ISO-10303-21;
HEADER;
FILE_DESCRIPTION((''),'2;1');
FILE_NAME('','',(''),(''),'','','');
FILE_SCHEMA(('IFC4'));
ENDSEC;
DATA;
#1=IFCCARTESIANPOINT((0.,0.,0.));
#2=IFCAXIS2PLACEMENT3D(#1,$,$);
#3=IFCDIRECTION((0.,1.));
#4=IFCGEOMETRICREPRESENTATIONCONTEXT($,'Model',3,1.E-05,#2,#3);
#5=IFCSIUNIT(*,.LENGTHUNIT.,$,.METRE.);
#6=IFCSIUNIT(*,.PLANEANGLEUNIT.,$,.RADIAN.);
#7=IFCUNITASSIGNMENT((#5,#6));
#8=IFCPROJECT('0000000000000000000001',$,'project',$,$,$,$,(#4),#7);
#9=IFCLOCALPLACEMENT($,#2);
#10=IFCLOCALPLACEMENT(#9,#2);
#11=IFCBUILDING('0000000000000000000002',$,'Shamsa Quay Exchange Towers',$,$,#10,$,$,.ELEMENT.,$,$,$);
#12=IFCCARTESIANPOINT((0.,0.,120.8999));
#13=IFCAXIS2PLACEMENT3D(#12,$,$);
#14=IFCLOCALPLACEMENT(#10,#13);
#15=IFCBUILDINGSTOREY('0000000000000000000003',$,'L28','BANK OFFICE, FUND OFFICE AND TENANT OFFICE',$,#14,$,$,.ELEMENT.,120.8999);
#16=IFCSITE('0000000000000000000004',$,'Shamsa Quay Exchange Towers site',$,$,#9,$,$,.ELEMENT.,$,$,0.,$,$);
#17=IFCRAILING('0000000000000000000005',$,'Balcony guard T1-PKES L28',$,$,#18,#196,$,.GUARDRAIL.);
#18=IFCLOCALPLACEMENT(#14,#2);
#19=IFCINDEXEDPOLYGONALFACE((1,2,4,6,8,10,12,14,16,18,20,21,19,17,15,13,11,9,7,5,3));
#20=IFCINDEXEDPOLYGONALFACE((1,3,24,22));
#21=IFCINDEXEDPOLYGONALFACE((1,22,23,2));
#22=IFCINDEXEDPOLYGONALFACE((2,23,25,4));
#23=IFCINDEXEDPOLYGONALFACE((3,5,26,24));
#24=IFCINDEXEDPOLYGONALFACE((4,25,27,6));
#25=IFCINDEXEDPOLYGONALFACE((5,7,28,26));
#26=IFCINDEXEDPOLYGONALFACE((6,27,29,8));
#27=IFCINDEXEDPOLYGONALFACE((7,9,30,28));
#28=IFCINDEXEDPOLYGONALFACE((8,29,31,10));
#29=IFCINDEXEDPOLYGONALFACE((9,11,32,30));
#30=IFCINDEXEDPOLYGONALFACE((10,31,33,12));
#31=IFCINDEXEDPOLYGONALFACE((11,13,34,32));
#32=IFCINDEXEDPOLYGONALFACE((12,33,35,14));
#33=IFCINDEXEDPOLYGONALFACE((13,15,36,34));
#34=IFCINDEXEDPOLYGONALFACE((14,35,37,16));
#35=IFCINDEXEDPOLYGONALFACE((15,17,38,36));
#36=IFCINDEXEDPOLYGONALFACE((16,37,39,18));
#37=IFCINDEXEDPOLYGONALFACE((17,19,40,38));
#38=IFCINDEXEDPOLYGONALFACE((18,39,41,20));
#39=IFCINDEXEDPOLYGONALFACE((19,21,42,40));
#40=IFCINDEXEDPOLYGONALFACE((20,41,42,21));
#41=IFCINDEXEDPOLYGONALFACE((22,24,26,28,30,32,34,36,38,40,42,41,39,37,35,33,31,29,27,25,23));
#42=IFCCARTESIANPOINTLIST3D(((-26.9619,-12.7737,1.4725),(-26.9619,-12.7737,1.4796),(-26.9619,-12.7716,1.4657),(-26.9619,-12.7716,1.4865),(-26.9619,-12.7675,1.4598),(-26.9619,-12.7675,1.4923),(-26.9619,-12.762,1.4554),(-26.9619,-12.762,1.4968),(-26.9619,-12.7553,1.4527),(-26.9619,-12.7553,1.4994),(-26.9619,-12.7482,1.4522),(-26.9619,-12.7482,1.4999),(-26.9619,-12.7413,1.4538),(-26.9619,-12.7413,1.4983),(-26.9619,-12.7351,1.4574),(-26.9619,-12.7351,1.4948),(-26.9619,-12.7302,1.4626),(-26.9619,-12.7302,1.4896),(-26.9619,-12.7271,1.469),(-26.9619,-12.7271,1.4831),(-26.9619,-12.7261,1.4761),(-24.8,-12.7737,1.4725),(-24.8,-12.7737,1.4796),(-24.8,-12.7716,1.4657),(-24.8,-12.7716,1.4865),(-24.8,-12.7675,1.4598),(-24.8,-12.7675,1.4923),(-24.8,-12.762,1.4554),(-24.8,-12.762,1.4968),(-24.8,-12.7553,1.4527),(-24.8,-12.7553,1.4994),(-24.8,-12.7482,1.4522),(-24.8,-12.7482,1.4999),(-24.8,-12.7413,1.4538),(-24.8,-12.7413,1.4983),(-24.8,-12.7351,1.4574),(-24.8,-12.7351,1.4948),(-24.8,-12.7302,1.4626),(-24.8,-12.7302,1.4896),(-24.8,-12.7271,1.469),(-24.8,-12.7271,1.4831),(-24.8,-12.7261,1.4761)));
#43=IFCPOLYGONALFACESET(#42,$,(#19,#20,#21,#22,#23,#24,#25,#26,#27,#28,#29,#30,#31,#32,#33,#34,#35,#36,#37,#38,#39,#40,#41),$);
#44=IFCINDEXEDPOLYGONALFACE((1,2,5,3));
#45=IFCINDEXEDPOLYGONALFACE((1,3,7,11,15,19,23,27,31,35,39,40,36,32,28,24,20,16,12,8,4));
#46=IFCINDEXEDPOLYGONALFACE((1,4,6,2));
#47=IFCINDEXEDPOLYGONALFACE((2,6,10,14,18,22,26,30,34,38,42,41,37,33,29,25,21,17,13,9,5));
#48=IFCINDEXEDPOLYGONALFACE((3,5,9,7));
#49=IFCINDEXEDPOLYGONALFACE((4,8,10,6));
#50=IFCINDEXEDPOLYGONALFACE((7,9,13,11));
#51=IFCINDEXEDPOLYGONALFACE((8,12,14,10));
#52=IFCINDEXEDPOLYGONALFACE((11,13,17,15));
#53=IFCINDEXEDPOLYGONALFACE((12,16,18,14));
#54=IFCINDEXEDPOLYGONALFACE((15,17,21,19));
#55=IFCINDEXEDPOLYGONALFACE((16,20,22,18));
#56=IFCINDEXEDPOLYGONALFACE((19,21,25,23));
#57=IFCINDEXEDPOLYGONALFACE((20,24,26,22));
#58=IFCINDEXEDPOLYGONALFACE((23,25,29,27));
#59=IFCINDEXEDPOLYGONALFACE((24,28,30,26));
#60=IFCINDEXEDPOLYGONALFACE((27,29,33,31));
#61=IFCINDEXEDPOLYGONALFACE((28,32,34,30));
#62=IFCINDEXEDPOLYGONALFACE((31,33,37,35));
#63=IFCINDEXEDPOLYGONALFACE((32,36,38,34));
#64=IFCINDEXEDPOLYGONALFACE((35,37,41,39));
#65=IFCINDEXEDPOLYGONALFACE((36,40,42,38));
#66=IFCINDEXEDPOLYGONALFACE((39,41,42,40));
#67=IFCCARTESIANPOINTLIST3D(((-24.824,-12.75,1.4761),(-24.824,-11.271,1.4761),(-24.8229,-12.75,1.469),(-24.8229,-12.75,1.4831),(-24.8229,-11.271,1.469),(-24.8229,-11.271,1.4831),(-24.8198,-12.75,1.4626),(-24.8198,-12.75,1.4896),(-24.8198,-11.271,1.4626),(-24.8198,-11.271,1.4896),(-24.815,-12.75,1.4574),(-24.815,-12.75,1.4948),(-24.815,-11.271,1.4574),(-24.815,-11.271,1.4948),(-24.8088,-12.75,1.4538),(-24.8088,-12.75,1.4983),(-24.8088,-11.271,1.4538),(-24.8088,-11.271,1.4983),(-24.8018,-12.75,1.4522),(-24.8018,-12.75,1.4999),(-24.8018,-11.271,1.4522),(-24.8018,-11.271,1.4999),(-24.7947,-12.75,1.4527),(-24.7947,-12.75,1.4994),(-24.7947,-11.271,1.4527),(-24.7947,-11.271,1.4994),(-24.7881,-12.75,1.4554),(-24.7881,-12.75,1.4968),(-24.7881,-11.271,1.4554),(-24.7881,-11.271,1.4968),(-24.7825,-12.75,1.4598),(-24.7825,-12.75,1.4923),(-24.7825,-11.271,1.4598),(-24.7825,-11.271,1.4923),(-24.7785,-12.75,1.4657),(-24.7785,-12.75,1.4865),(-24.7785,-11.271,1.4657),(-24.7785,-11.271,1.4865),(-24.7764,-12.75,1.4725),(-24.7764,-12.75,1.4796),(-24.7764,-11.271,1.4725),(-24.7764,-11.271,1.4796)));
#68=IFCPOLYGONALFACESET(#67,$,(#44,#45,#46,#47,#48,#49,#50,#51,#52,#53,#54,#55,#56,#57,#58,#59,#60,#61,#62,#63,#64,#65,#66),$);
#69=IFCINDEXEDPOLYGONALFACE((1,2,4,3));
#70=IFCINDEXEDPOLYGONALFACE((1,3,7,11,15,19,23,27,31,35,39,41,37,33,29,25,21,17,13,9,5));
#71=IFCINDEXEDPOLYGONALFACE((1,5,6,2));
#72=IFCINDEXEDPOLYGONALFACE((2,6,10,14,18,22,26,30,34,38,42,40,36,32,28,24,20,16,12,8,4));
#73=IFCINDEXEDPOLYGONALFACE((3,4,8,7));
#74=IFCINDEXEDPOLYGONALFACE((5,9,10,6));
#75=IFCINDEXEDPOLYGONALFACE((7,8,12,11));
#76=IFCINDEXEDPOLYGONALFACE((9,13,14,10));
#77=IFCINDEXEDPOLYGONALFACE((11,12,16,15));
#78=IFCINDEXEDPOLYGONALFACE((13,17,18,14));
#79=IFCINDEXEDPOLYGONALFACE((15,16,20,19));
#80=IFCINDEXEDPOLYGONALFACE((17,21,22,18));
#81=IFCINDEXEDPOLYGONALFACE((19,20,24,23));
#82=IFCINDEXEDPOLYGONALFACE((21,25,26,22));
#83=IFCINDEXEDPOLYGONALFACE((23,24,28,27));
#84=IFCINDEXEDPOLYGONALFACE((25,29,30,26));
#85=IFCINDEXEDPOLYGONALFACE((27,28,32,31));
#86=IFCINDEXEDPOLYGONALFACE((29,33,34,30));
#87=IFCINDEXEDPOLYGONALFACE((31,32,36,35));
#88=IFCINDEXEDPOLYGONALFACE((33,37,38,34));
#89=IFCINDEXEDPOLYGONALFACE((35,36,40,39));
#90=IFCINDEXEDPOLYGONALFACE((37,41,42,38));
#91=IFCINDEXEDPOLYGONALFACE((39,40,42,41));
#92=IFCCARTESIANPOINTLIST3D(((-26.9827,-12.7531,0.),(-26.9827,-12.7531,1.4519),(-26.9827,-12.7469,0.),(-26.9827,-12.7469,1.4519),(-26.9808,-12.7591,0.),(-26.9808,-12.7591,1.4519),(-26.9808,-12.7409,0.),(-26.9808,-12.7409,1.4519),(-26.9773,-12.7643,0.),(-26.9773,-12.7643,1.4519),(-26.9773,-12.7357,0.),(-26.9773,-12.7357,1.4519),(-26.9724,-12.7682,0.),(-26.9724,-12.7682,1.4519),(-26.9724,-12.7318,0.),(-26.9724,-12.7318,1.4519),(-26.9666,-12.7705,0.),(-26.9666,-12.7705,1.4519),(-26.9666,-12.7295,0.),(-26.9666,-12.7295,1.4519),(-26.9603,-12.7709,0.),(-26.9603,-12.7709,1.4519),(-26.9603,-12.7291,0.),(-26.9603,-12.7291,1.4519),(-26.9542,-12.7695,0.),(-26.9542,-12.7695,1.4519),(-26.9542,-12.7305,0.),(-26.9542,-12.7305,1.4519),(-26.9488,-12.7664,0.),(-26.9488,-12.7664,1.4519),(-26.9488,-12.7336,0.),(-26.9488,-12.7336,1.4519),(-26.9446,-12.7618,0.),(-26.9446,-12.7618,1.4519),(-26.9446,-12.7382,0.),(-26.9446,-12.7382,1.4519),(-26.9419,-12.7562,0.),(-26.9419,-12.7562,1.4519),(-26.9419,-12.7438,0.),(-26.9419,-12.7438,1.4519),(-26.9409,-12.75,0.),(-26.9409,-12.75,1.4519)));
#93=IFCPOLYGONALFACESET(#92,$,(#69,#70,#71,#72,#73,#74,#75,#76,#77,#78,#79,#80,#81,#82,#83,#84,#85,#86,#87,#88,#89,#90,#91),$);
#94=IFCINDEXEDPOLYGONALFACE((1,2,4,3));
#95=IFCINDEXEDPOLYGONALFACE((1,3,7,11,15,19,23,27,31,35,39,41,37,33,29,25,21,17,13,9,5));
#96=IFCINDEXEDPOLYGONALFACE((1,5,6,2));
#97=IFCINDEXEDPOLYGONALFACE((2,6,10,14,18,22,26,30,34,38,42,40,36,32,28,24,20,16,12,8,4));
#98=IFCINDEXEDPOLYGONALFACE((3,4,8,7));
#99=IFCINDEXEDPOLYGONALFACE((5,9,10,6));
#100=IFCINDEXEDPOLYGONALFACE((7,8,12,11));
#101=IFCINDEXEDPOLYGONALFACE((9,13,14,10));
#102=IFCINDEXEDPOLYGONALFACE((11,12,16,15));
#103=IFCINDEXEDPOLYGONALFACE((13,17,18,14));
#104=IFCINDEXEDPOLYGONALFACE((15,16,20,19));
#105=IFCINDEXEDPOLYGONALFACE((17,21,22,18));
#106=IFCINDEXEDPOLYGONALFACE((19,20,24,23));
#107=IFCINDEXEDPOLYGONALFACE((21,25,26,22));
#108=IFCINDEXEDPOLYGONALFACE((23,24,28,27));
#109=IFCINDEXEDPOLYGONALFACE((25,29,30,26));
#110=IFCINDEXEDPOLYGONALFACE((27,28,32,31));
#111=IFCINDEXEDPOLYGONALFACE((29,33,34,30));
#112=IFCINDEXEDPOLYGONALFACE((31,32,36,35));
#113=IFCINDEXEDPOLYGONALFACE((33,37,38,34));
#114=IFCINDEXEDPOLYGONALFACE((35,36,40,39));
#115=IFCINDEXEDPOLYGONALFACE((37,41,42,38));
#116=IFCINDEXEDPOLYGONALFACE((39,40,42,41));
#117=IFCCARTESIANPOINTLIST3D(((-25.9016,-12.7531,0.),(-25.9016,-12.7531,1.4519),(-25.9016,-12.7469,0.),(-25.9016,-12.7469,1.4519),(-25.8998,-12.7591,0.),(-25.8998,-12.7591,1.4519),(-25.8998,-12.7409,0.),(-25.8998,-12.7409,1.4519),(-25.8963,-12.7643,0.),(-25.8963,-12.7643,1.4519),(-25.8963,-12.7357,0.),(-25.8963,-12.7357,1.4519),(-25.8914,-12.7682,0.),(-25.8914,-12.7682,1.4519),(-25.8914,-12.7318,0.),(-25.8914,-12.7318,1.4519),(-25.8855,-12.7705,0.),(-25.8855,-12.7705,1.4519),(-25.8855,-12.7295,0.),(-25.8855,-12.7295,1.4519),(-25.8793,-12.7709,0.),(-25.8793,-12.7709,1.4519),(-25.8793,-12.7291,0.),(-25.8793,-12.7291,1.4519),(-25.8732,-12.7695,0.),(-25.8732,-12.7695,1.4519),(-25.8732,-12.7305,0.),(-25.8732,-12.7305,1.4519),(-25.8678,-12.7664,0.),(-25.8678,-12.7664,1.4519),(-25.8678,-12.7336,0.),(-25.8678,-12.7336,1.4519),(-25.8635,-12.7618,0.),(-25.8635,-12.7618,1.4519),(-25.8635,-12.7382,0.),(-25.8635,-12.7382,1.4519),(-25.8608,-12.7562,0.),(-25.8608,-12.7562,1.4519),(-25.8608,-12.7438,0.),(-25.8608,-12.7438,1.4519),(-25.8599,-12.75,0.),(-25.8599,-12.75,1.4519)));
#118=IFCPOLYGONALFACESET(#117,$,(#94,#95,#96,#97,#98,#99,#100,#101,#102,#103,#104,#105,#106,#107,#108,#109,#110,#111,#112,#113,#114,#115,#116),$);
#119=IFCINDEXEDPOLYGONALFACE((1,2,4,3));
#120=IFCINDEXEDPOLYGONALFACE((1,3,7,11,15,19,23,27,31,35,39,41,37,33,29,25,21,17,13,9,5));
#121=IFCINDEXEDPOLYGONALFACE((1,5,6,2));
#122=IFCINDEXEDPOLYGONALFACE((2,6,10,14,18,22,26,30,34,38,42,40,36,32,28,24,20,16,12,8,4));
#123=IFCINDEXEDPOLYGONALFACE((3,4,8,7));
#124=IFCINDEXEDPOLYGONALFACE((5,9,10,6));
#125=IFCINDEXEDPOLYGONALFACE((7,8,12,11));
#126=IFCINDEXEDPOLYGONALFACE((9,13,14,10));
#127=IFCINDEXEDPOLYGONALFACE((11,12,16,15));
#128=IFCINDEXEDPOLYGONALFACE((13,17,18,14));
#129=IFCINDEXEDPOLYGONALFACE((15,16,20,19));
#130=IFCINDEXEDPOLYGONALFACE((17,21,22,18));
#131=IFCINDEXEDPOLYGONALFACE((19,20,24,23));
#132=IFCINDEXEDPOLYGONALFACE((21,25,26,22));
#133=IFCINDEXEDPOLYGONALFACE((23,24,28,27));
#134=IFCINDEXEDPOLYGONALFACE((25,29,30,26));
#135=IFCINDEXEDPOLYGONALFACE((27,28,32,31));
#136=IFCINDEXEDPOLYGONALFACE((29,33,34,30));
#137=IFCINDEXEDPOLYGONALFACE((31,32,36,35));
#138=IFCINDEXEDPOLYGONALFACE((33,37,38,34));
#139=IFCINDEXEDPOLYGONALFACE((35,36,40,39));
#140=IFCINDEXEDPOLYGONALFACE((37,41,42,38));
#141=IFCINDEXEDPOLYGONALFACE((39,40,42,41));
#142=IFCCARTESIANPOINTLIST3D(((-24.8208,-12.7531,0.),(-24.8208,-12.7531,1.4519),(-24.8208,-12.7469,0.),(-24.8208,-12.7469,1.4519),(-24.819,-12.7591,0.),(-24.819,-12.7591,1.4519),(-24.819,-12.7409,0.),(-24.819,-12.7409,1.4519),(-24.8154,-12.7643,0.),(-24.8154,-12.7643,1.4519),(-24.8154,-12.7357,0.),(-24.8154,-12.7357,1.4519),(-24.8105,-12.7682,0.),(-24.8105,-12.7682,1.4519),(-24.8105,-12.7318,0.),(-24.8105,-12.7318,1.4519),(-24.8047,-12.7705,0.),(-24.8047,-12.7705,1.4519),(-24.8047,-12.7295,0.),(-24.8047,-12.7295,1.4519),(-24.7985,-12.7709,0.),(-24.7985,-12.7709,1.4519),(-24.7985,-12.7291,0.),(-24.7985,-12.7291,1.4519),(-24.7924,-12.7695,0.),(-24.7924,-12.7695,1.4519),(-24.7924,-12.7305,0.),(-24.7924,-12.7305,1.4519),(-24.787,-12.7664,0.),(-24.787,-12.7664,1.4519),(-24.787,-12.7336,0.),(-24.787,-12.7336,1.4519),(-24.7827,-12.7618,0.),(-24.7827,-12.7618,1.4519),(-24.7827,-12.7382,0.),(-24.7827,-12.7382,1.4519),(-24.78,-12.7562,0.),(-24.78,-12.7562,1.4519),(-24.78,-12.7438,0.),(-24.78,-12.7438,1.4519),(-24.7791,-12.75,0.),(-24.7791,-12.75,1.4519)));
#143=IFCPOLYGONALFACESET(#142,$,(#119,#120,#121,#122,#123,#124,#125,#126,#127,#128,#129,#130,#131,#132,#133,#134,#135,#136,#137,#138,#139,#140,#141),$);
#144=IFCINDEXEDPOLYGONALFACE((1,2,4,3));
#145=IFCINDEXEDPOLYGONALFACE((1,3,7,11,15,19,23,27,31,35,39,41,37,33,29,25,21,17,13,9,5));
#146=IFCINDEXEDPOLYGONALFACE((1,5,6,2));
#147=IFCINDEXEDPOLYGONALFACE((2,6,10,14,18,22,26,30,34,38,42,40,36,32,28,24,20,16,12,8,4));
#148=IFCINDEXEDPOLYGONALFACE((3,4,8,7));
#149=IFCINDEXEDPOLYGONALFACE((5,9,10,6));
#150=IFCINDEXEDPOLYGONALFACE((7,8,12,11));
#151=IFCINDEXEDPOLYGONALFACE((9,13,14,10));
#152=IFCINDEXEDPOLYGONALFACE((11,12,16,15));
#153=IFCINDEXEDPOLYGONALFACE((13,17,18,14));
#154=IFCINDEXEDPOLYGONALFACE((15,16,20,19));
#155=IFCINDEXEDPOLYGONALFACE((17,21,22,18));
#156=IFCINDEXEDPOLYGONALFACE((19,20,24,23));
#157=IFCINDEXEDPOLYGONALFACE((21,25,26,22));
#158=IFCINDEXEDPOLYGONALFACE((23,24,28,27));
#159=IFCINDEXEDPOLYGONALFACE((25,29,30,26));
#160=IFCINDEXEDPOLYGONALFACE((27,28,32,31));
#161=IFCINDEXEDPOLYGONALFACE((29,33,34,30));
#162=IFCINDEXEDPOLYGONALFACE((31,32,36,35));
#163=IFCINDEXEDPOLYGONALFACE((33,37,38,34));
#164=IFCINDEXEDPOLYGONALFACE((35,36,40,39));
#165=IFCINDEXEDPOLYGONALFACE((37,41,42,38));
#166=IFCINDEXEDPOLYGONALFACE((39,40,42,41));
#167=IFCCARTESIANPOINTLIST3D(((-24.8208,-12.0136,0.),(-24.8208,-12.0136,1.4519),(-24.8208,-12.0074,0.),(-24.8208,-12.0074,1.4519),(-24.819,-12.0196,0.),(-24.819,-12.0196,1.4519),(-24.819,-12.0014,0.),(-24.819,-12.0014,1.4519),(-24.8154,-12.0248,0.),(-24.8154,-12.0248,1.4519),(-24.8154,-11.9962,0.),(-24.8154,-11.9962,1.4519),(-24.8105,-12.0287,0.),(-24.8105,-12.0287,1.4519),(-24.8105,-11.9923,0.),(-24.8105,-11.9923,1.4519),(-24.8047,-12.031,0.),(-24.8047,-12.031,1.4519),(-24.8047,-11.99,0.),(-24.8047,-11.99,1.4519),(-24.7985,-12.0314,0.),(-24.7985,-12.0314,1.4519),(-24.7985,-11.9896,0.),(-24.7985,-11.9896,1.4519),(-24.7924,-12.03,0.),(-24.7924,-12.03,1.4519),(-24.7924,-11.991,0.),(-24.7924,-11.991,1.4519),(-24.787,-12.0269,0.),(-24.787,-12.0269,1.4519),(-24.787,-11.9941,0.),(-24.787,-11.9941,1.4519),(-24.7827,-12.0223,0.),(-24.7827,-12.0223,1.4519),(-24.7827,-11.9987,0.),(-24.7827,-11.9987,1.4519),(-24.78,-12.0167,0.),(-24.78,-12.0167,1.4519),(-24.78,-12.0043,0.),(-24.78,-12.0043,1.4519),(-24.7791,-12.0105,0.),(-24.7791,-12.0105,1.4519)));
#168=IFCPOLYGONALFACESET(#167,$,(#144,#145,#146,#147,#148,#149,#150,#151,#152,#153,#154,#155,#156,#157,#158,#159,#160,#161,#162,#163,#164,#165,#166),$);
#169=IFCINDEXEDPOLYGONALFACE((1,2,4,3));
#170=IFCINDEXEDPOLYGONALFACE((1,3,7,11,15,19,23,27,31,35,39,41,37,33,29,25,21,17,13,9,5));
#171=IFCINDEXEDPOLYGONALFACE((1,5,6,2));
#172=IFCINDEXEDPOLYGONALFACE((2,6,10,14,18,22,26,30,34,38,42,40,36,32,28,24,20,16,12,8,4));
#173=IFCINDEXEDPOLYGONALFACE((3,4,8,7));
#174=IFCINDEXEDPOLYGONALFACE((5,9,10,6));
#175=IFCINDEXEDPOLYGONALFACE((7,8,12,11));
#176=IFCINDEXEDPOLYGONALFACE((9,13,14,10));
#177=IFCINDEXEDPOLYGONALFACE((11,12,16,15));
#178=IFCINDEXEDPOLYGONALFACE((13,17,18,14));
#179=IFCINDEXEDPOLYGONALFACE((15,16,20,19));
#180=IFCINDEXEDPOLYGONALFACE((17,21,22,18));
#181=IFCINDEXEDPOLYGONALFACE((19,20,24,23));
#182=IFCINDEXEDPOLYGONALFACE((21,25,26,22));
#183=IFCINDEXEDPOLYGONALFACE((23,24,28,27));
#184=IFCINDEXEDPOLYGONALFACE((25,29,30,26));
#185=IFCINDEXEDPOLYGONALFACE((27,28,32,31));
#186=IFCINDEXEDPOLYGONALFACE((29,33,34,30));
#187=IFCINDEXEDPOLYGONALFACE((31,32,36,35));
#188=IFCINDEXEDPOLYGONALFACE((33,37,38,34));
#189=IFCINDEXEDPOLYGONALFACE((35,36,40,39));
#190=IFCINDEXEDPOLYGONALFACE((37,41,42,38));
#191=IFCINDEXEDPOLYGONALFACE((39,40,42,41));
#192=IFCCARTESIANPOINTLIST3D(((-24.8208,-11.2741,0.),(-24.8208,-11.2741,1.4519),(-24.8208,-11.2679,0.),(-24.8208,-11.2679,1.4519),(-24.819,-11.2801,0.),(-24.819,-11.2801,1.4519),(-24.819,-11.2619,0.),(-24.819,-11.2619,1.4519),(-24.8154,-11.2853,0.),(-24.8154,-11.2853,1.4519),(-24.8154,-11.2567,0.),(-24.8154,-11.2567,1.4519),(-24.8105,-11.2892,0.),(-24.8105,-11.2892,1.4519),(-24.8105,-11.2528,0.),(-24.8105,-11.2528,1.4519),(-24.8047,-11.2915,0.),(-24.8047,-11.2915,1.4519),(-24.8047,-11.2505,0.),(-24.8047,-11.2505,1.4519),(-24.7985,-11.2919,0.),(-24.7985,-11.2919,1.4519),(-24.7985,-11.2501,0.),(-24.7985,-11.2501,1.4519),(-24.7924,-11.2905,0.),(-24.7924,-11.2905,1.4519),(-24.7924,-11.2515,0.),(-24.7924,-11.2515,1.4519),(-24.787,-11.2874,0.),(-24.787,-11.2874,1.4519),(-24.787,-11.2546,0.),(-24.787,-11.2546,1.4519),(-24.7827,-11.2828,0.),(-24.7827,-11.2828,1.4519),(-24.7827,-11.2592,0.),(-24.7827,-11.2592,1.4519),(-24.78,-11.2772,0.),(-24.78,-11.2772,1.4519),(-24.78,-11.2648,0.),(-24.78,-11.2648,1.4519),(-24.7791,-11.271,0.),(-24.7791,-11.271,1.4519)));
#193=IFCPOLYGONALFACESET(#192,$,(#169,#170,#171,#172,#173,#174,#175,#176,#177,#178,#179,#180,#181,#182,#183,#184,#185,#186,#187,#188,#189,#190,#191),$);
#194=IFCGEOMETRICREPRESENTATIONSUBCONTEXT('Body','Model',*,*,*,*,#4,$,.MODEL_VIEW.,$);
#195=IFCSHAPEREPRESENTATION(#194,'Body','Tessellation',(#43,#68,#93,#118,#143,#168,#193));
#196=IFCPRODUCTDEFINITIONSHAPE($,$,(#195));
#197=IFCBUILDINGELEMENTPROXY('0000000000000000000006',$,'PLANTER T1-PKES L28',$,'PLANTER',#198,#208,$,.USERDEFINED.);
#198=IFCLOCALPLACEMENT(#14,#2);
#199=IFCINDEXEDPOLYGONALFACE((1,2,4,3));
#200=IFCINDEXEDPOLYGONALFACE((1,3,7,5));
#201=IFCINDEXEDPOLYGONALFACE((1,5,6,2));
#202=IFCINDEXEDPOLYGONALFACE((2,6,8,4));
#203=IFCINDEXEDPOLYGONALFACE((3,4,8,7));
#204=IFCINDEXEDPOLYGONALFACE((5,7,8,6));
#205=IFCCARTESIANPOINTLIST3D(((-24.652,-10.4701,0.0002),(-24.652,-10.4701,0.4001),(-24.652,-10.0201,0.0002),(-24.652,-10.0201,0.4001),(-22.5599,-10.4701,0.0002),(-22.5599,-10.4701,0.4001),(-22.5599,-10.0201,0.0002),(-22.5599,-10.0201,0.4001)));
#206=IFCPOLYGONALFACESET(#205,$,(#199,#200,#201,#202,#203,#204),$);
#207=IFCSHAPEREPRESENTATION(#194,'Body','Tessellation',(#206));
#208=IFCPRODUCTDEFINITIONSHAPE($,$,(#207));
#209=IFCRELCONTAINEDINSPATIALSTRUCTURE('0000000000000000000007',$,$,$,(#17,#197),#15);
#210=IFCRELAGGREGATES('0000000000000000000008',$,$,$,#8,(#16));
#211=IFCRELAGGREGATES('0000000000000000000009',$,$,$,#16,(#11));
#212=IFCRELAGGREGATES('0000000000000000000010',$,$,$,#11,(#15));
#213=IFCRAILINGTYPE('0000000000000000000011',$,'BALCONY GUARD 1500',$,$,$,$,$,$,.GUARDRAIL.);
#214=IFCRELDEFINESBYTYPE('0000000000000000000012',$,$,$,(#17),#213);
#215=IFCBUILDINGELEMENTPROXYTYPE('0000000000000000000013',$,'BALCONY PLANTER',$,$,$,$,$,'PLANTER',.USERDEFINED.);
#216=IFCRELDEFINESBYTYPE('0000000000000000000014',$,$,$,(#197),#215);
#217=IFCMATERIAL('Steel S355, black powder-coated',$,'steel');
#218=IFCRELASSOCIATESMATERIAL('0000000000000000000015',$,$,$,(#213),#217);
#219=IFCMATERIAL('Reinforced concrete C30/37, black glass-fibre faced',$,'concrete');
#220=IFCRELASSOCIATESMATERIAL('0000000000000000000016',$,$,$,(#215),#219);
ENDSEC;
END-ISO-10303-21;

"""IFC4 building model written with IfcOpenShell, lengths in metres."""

from ifc_helpers import new_model, si_unit, direction, frame, origin, origin_2d, place, context, subcontext, project, spatial, rectangle, circle, extrude, material, type_object, element, save


model = new_model("IFC4")

# Units and contexts
model_context = context("Model", 3, precision=1e-05, world=origin(), true_north=direction((0.0, 1.0)))
body_context = subcontext(model_context, "Body", "Model", "MODEL_VIEW")
ifc_project = project(units=[si_unit("LENGTHUNIT", "METRE"), si_unit("PLANEANGLEUNIT", "RADIAN")], contexts=[model_context])

# Site, building, storey
site_placement = place(None, origin())
site = spatial("IfcSite", under=ifc_project, at=site_placement, Name="Shamsa Quay Exchange Towers site", CompositionType="ELEMENT", RefElevation=0.0)
building_placement = place(site_placement, origin())
building = spatial("IfcBuilding", under=site, at=building_placement, Name="Shamsa Quay Exchange Towers", CompositionType="ELEMENT")
storey_placement = place(building_placement, frame((0.0, 0.0, 120.8999)))
storey = spatial("IfcBuildingStorey", under=building, at=storey_placement, Name="L28", Description="BANK OFFICE, FUND OFFICE AND TENANT OFFICE", CompositionType="ELEMENT", Elevation=120.8999)

# Railing
ifc_material_1 = material(Name="Steel S355, black powder-coated", Category="steel")
railing_type_1 = type_object("IfcRailingType", Name="BALCONY GUARD 1500", PredefinedType="GUARDRAIL", material=ifc_material_1)
for number, where, name in (
    (1, (-26.9619, -12.75, 0.0), "Balcony guard T1-PKES L28"),
):
    element("IfcRailing", number, at=place(storey_placement, frame(where)), inside=storey, type_object=railing_type_1, Name=name, PredefinedType="GUARDRAIL", context=body_context, shape_type="SweptSolid", body=[
        extrude(circle(Radius=0.0239, at=origin_2d()), frame((0.0, 0.0, 1.4761), z_axis=(1.0, 0.0, 0.0), x_axis=(0.0, 1.0, 0.0)), (0.0, 0.0, 1.0), 2.1619),
        extrude(circle(Radius=0.0239, at=origin_2d()), frame((2.1619, 0.0, 1.4761), z_axis=(0.0, 1.0, 0.0), x_axis=(-1.0, 0.0, 0.0)), (0.0, 0.0, 1.0), 1.479),
        extrude(circle(Radius=0.021, at=origin_2d()), origin(), (0.0, 0.0, 1.0), 1.4519),
        extrude(circle(Radius=0.021, at=origin_2d()), frame((1.0811, 0.0, 0.0)), (0.0, 0.0, 1.0), 1.4519),
        extrude(circle(Radius=0.021, at=origin_2d()), frame((2.1619, 0.0, 0.0)), (0.0, 0.0, 1.0), 1.4519),
        extrude(circle(Radius=0.021, at=origin_2d()), frame((2.1619, 0.7395, 0.0)), (0.0, 0.0, 1.0), 1.4519),
        extrude(circle(Radius=0.021, at=origin_2d()), frame((2.1619, 1.479, 0.0)), (0.0, 0.0, 1.0), 1.4519),
    ])

# Building element proxy
ifc_material_2 = material(Name="Reinforced concrete C30/37, black glass-fibre faced", Category="concrete")
building_element_proxy_type = type_object("IfcBuildingElementProxyType", Name="BALCONY PLANTER", ElementType="PLANTER", PredefinedType="USERDEFINED", material=ifc_material_2)
for number, where, name in (
    (2, (-23.606, -10.2451, 0.0002), "PLANTER T1-PKES L28"),
):
    element("IfcBuildingElementProxy", number, at=place(storey_placement, frame(where)), inside=storey, type_object=building_element_proxy_type, Name=name, ObjectType="PLANTER", PredefinedType="USERDEFINED", context=body_context, shape_type="SweptSolid", body=[
        extrude(rectangle(XDim=2.092, YDim=0.45, at=origin_2d()), origin(), (0.0, 0.0, 1.0), 0.3999),
    ])

save(model, "model.ifc")
